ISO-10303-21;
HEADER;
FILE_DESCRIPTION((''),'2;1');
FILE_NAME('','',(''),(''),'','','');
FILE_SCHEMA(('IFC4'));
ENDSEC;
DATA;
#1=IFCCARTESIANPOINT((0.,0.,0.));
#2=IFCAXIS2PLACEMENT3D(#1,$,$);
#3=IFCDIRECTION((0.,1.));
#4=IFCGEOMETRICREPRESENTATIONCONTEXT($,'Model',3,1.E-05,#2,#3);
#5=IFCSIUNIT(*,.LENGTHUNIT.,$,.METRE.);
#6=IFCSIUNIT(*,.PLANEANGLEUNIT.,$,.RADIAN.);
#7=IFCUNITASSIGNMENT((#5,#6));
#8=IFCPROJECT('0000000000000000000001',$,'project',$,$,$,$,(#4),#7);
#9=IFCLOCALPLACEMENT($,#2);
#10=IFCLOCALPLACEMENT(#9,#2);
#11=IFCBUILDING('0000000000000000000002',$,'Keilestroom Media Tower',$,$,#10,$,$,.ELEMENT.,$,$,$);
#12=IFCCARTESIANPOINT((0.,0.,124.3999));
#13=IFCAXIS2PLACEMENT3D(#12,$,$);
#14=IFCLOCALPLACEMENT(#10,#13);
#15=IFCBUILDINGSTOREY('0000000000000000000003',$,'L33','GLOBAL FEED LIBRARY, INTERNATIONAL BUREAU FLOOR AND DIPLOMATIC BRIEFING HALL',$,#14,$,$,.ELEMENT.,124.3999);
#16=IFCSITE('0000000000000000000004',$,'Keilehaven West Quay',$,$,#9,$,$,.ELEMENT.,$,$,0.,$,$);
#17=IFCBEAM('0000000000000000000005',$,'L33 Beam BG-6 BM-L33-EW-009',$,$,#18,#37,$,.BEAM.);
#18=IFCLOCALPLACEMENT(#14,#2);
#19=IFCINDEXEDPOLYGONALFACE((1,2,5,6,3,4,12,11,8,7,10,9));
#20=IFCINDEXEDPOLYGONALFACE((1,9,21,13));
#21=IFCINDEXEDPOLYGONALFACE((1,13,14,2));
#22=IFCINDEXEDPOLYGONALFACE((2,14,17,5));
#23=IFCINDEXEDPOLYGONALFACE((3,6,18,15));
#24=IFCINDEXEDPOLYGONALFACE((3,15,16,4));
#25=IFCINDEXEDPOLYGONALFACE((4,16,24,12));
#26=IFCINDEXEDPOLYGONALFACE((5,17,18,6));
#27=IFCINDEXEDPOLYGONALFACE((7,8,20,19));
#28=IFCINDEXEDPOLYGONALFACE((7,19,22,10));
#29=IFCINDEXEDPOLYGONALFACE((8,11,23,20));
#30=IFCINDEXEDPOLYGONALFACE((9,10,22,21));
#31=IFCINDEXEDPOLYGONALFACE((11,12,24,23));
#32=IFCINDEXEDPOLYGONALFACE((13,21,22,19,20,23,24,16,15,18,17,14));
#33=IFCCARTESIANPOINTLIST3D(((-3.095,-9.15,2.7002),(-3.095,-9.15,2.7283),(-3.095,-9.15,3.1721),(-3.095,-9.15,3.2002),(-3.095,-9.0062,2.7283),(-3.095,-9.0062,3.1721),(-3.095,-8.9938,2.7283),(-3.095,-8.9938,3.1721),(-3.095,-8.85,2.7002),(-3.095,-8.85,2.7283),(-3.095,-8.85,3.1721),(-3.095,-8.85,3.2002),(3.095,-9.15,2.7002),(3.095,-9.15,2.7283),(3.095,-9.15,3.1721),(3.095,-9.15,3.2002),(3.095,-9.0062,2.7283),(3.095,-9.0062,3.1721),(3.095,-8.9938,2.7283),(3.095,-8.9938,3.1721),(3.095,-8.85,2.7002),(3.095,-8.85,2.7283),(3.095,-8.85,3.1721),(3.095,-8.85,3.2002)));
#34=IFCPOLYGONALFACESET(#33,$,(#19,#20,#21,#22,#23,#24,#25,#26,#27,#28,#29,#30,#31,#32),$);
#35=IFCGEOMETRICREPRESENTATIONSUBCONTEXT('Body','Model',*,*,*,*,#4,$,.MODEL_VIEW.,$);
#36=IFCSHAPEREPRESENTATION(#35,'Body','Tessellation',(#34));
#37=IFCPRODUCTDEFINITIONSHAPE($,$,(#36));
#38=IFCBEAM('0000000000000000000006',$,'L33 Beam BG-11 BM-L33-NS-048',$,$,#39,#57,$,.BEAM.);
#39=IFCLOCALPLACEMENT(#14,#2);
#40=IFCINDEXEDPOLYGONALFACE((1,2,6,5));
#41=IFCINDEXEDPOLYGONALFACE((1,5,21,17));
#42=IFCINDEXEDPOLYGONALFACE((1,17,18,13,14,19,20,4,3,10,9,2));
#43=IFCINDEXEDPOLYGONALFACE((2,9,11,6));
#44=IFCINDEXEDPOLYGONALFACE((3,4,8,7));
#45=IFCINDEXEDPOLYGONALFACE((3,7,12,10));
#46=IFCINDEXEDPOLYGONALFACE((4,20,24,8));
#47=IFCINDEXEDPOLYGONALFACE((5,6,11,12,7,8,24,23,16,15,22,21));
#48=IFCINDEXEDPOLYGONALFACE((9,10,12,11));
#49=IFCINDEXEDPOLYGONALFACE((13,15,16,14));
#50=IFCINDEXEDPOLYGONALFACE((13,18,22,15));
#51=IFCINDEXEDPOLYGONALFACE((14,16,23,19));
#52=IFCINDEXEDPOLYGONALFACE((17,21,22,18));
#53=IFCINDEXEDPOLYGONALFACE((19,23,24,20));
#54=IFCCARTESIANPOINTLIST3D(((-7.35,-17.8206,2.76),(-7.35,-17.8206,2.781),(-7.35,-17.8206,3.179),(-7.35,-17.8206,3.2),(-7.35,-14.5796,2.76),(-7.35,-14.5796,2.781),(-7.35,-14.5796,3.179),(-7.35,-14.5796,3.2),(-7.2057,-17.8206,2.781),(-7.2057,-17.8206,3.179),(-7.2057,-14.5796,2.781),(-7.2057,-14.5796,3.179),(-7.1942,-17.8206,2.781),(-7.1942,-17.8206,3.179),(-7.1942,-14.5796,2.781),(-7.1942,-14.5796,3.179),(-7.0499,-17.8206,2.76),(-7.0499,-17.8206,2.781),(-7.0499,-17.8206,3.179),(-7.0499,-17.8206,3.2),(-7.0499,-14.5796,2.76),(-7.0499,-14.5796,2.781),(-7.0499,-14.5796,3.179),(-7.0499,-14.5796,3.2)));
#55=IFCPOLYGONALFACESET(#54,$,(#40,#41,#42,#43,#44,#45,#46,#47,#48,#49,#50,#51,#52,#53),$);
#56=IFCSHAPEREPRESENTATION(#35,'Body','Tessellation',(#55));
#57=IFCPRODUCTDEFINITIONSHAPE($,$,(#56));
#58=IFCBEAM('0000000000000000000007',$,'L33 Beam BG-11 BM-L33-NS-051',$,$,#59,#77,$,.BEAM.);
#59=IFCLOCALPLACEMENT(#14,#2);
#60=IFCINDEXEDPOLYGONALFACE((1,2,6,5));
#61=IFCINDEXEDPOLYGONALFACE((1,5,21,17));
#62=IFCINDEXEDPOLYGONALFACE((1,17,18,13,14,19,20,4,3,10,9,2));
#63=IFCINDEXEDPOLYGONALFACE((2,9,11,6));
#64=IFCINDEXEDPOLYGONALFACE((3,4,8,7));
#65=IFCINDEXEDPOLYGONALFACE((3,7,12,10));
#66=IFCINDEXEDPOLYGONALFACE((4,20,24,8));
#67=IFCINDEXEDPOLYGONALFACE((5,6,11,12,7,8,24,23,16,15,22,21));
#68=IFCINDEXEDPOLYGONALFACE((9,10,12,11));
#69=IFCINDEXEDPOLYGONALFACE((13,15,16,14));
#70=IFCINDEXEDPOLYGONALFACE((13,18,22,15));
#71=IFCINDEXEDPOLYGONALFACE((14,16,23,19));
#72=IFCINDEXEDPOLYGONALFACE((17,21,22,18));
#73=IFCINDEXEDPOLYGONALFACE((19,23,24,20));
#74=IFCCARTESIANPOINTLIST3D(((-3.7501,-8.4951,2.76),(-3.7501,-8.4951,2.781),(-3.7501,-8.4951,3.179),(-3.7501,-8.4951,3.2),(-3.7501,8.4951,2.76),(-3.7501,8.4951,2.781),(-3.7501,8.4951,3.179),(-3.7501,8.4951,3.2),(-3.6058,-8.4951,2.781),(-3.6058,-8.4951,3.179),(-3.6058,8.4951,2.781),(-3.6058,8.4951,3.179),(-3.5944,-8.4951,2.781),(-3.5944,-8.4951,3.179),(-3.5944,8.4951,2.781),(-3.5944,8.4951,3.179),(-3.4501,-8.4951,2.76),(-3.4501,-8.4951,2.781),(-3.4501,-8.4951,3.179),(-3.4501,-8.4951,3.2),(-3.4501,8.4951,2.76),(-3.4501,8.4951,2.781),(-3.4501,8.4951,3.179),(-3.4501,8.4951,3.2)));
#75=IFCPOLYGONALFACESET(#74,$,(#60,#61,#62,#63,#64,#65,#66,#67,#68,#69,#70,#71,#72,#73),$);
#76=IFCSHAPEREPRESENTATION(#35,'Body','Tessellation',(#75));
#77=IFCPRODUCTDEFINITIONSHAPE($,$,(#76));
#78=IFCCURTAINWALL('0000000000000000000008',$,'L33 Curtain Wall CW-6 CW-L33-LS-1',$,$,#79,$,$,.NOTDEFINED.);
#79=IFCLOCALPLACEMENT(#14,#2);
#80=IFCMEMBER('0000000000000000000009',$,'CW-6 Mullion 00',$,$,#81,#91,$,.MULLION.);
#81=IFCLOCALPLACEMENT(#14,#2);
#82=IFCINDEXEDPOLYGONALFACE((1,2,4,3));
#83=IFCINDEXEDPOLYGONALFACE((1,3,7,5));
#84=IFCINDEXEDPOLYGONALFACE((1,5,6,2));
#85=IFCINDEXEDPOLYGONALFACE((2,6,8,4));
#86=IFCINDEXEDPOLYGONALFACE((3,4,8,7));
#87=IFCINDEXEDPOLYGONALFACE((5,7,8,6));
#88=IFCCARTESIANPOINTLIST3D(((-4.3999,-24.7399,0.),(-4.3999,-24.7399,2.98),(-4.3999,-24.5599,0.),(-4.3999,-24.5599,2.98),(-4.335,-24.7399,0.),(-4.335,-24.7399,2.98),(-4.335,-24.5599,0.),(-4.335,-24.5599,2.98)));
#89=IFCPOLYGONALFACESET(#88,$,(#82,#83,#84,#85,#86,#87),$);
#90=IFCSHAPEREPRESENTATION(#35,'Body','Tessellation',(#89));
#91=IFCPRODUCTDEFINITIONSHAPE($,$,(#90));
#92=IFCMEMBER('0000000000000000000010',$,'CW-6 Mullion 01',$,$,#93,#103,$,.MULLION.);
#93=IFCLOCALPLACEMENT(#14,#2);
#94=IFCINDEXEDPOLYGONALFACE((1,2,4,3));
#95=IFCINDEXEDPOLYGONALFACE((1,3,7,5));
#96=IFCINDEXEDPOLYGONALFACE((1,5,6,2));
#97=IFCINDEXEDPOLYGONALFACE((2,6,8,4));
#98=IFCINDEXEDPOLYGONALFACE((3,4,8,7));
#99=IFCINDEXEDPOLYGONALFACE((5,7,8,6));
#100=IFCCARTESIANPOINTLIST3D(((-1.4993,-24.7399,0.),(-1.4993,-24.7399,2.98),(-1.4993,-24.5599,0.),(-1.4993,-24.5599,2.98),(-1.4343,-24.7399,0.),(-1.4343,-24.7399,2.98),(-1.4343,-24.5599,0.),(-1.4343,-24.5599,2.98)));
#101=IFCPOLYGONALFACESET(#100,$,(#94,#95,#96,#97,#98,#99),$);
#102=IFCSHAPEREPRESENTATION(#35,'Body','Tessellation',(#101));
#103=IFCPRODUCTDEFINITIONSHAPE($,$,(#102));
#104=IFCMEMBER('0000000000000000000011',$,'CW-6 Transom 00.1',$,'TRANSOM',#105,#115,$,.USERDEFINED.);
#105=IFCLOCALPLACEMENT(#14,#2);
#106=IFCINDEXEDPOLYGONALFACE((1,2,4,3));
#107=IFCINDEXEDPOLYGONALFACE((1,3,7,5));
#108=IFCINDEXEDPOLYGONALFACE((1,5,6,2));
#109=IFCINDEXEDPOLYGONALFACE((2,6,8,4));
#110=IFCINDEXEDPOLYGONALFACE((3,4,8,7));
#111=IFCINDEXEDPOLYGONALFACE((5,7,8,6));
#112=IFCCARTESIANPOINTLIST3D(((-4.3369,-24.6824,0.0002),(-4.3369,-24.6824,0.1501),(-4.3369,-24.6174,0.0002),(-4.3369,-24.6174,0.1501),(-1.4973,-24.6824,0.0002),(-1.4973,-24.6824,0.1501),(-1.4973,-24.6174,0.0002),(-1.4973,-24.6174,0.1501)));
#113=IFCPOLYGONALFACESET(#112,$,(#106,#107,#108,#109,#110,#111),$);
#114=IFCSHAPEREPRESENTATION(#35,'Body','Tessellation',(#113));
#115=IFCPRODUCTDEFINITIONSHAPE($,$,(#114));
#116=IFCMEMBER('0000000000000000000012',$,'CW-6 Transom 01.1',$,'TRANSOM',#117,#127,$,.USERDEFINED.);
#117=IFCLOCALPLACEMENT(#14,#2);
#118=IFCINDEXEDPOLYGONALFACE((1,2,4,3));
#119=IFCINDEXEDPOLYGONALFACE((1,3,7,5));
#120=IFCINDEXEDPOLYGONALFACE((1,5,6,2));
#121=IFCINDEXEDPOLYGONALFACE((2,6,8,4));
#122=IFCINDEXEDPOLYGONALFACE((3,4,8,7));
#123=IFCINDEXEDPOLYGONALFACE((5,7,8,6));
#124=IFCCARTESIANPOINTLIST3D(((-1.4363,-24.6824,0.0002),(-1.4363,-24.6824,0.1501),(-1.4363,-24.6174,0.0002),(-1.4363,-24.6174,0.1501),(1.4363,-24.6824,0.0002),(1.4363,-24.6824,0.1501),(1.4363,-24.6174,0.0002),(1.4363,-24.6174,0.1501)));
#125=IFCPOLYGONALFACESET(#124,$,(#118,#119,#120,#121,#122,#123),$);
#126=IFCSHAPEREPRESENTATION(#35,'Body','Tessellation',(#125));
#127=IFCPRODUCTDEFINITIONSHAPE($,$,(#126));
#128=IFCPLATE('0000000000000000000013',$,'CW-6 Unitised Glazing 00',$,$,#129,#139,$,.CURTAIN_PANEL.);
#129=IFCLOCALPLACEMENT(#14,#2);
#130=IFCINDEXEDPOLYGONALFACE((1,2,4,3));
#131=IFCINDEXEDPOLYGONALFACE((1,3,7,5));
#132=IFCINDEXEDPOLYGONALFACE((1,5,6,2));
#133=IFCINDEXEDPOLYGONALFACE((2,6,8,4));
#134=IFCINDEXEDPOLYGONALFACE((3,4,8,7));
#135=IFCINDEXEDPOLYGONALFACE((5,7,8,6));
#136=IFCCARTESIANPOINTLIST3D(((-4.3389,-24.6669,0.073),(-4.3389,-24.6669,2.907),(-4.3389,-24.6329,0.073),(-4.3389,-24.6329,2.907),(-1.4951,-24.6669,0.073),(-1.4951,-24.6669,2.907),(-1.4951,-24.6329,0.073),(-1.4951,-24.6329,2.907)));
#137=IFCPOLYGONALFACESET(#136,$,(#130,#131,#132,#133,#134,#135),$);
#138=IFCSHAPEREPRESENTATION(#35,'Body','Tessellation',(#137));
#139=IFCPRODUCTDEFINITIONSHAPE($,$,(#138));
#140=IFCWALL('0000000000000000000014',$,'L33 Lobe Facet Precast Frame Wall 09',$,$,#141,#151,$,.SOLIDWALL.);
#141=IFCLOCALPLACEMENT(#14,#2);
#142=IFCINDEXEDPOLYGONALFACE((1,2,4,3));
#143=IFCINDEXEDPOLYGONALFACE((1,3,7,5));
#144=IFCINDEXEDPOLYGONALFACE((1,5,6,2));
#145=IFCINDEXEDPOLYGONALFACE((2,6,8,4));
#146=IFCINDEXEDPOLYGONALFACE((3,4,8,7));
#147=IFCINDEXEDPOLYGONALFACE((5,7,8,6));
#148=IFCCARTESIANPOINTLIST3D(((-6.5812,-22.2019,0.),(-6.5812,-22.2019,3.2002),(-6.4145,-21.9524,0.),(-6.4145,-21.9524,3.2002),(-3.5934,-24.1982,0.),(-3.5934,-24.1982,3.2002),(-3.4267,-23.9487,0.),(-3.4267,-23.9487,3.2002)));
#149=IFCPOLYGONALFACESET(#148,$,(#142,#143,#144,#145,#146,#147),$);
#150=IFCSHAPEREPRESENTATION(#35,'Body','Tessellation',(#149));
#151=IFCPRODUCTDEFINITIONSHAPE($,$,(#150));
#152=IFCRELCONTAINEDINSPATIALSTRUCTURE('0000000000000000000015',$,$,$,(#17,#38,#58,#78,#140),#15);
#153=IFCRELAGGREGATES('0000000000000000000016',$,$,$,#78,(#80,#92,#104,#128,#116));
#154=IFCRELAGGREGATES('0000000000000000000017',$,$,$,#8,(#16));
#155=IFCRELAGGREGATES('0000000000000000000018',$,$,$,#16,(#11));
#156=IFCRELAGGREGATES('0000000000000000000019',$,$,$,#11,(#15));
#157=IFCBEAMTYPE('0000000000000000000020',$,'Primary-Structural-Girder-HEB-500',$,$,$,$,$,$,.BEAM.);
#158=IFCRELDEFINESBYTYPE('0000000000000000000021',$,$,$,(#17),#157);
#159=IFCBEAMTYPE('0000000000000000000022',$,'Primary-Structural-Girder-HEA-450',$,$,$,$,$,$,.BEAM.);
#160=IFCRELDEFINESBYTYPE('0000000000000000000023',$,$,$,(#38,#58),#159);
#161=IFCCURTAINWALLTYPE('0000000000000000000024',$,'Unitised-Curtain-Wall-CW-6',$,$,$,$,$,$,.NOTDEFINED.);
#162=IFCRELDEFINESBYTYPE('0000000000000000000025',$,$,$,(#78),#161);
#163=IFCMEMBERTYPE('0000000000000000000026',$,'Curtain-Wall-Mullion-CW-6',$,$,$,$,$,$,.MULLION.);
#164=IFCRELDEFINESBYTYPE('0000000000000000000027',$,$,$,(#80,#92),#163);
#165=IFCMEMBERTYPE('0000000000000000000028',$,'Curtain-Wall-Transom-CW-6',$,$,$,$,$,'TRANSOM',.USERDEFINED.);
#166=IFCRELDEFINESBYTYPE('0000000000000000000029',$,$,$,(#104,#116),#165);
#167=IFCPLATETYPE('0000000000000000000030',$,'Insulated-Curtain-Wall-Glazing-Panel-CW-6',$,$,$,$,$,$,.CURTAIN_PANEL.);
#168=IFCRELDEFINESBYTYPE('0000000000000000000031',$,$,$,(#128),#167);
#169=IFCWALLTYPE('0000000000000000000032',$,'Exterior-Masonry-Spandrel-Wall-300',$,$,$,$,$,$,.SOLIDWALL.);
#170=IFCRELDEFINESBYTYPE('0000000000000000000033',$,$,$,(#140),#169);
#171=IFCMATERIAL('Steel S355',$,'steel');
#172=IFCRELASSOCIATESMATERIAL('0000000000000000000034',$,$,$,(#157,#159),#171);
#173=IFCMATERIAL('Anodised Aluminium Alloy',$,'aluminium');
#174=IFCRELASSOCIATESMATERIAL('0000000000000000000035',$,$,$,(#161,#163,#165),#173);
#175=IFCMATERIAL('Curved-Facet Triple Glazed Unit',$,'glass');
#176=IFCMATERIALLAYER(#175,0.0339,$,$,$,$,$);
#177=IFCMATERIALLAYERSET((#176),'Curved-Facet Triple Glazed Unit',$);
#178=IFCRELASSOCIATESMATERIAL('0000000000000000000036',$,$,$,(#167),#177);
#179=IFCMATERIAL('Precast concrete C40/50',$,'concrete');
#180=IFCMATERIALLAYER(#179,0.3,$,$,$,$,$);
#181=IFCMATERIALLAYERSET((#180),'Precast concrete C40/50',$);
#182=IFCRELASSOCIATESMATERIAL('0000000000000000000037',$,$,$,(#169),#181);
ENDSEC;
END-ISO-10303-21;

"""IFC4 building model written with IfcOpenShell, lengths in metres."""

from ifc_helpers import new_model, si_unit, direction, frame, frame_2d, origin, origin_2d, place, context, subcontext, project, spatial, rectangle, i_section, extrude, source, transform, mapped, material, layer, layer_set, material_profile, profile_set, type_object, element, aggregate, save


model = new_model("IFC4")

# Units and contexts
model_context = context("Model", 3, precision=1e-05, world=origin(), true_north=direction((0.0, 1.0)))
body_context = subcontext(model_context, "Body", "Model", "MODEL_VIEW")
ifc_project = project(units=[si_unit("LENGTHUNIT", "METRE"), si_unit("PLANEANGLEUNIT", "RADIAN")], contexts=[model_context])

# Site, building, storey
site_placement = place(None, origin())
site = spatial("IfcSite", under=ifc_project, at=site_placement, Name="Keilehaven West Quay", CompositionType="ELEMENT", RefElevation=0.0)
building_placement = place(site_placement, origin())
building = spatial("IfcBuilding", under=site, at=building_placement, Name="Keilestroom Media Tower", CompositionType="ELEMENT")
storey_placement = place(building_placement, frame((0.0, 0.0, 124.3999)))
storey = spatial("IfcBuildingStorey", under=building, at=storey_placement, Name="L33", Description="GLOBAL FEED LIBRARY, INTERNATIONAL BUREAU FLOOR AND DIPLOMATIC BRIEFING HALL", CompositionType="ELEMENT", Elevation=124.3999)

# Shared definitions
ifc_material_1 = material(Name="Steel S355", Category="steel")

# Beams
ifc_material_profile_1 = material_profile(ifc_material_1, i_section(OverallWidth=0.3, OverallDepth=0.5, WebThickness=0.0125, FlangeThickness=0.0281, at=origin_2d()), Name="HEB 500")
ifc_profile_set_1 = profile_set([ifc_material_profile_1], Name="Steel S355")
beam_type_1 = type_object("IfcBeamType", Name="Primary-Structural-Girder-HEB-500", PredefinedType="BEAM", material=ifc_profile_set_1)
shared_shape_1 = source(origin(), body_context, "Body", "SweptSolid", [
    extrude(i_section(OverallWidth=0.3, OverallDepth=0.5, WebThickness=0.0125, FlangeThickness=0.0281, at=origin_2d()), origin(), (0.0, 0.0, 1.0), 6.1899),
])
beam_1_placement = place(storey_placement, frame((-3.095, -9.0, 2.9502), z_axis=(1.0, 0.0, 0.0), x_axis=(0.0, 1.0, 0.0)))
element("IfcBeam", 1, at=beam_1_placement, inside=storey, type_object=beam_type_1, Name="L33 Beam BG-6 BM-L33-EW-009", PredefinedType="BEAM", context=body_context, shape_type="MappedRepresentation", body=[
    mapped(shared_shape_1, transform((0.0, 0.0, 0.0), x_axis=(1.0, 0.0, 0.0), y_axis=(0.0, 1.0, 0.0), z_axis=(0.0, 0.0, 1.0), scale=1.0)),
])
ifc_material_profile_2 = material_profile(ifc_material_1, i_section(OverallWidth=0.3, OverallDepth=0.4399, WebThickness=0.0115, FlangeThickness=0.021, at=origin_2d()), Name="HEA 450")
ifc_profile_set_2 = profile_set([ifc_material_profile_2], Name="Steel S355")
beam_type_2 = type_object("IfcBeamType", Name="Primary-Structural-Girder-HEA-450", PredefinedType="BEAM", material=ifc_profile_set_2)
shared_shape_2 = source(origin(), body_context, "Body", "SweptSolid", [
    extrude(i_section(OverallWidth=0.3, OverallDepth=0.4399, WebThickness=0.0115, FlangeThickness=0.021, at=origin_2d()), origin(), (0.0, 0.0, 1.0), 3.241),
])
beam_2_placement = place(storey_placement, frame((-7.2, -17.8206, 2.98), z_axis=(0.0, 1.0, 0.0), x_axis=(-1.0, 0.0, 0.0)))
element("IfcBeam", 2, at=beam_2_placement, inside=storey, type_object=beam_type_2, Name="L33 Beam BG-11 BM-L33-NS-048", PredefinedType="BEAM", context=body_context, shape_type="MappedRepresentation", body=[
    mapped(shared_shape_2, transform((0.0, 0.0, 0.0), x_axis=(1.0, 0.0, 0.0), y_axis=(0.0, 1.0, 0.0), z_axis=(0.0, 0.0, 1.0), scale=1.0)),
])
shared_shape_3 = source(origin(), body_context, "Body", "SweptSolid", [
    extrude(i_section(OverallWidth=0.3, OverallDepth=0.4399, WebThickness=0.0115, FlangeThickness=0.021, at=origin_2d()), origin(), (0.0, 0.0, 1.0), 16.9902),
])
beam_3_placement = place(storey_placement, frame((-3.6001, -8.4951, 2.98), z_axis=(0.0, 1.0, 0.0), x_axis=(-1.0, 0.0, 0.0)))
element("IfcBeam", 3, at=beam_3_placement, inside=storey, type_object=beam_type_2, Name="L33 Beam BG-11 BM-L33-NS-051", PredefinedType="BEAM", context=body_context, shape_type="MappedRepresentation", body=[
    mapped(shared_shape_3, transform((0.0, 0.0, 0.0), x_axis=(1.0, 0.0, 0.0), y_axis=(0.0, 1.0, 0.0), z_axis=(0.0, 0.0, 1.0), scale=1.0)),
])

# Curtain wall, members, plate
ifc_material_2 = material(Name="Anodised Aluminium Alloy", Category="aluminium")
curtain_wall_type = type_object("IfcCurtainWallType", Name="Unitised-Curtain-Wall-CW-6", PredefinedType="NOTDEFINED", material=ifc_material_2)
curtain_wall_placement = place(storey_placement, origin())
curtain_wall = element("IfcCurtainWall", 4, at=curtain_wall_placement, inside=storey, type_object=curtain_wall_type, Name="L33 Curtain Wall CW-6 CW-L33-LS-1", PredefinedType="NOTDEFINED")
ifc_material_profile_3 = material_profile(ifc_material_2, rectangle(XDim=0.0649, YDim=0.1799, at=origin_2d()), Name="ALU MULLION 65x180")
ifc_profile_set_3 = profile_set([ifc_material_profile_3], Name="Anodised Aluminium Alloy")
member_type_1 = type_object("IfcMemberType", Name="Curtain-Wall-Mullion-CW-6", PredefinedType="MULLION", material=ifc_profile_set_3)
shared_shape_4 = source(origin(), body_context, "Body", "SweptSolid", [
    extrude(rectangle(XDim=0.0649, YDim=0.1799, at=origin_2d()), origin(), (0.0, 0.0, 1.0), 2.98),
])
member_1_placement = place(storey_placement, frame((-4.3674, -24.6499, 0.0), z_axis=(0.0, 0.0, 1.0), x_axis=(1.0, 0.0, 0.0)))
member_1 = element("IfcMember", 5, at=member_1_placement, type_object=member_type_1, Name="CW-6 Mullion 00", PredefinedType="MULLION", context=body_context, shape_type="MappedRepresentation", body=[
    mapped(shared_shape_4, transform((0.0, 0.0, 0.0), x_axis=(1.0, 0.0, 0.0), y_axis=(0.0, 1.0, 0.0), z_axis=(0.0, 0.0, 1.0), scale=1.0)),
])
member_2_placement = place(storey_placement, frame((-1.4668, -24.6499, 0.0), z_axis=(0.0, 0.0, 1.0), x_axis=(1.0, 0.0, 0.0)))
member_2 = element("IfcMember", 6, at=member_2_placement, type_object=member_type_1, Name="CW-6 Mullion 01", PredefinedType="MULLION", context=body_context, shape_type="MappedRepresentation", body=[
    mapped(shared_shape_4, transform((0.0, 0.0, 0.0), x_axis=(1.0, 0.0, 0.0), y_axis=(0.0, 1.0, 0.0), z_axis=(0.0, 0.0, 1.0), scale=1.0)),
])
ifc_material_profile_4 = material_profile(ifc_material_2, rectangle(XDim=0.0649, YDim=0.1499, at=origin_2d()), Name="ALU TRANSOM 65x150")
ifc_profile_set_4 = profile_set([ifc_material_profile_4], Name="Anodised Aluminium Alloy")
member_type_2 = type_object("IfcMemberType", Name="Curtain-Wall-Transom-CW-6", ElementType="TRANSOM", PredefinedType="USERDEFINED", material=ifc_profile_set_4)
shared_shape_5 = source(origin(), body_context, "Body", "SweptSolid", [
    extrude(rectangle(XDim=0.0649, YDim=0.1499, at=origin_2d()), origin(), (0.0, 0.0, 1.0), 2.8396),
])
member_3_placement = place(storey_placement, frame((-4.3369, -24.6499, 0.0752), z_axis=(1.0, 0.0, 0.0), x_axis=(0.0, 1.0, 0.0)))
member_3 = element("IfcMember", 7, at=member_3_placement, type_object=member_type_2, Name="CW-6 Transom 00.1", ObjectType="TRANSOM", PredefinedType="USERDEFINED", context=body_context, shape_type="MappedRepresentation", body=[
    mapped(shared_shape_5, transform((0.0, 0.0, 0.0), x_axis=(1.0, 0.0, 0.0), y_axis=(0.0, 1.0, 0.0), z_axis=(0.0, 0.0, 1.0), scale=1.0)),
])
shared_shape_6 = source(origin(), body_context, "Body", "SweptSolid", [
    extrude(rectangle(XDim=0.0649, YDim=0.1499, at=origin_2d()), origin(), (0.0, 0.0, 1.0), 2.8726),
])
member_4_placement = place(storey_placement, frame((-1.4363, -24.6499, 0.0752), z_axis=(1.0, 0.0, 0.0), x_axis=(0.0, 1.0, 0.0)))
member_4 = element("IfcMember", 8, at=member_4_placement, type_object=member_type_2, Name="CW-6 Transom 01.1", ObjectType="TRANSOM", PredefinedType="USERDEFINED", context=body_context, shape_type="MappedRepresentation", body=[
    mapped(shared_shape_6, transform((0.0, 0.0, 0.0), x_axis=(1.0, 0.0, 0.0), y_axis=(0.0, 1.0, 0.0), z_axis=(0.0, 0.0, 1.0), scale=1.0)),
])
ifc_material_3 = material(Name="Curved-Facet Triple Glazed Unit", Category="glass")
ifc_layer_1 = layer(ifc_material_3, 0.0339)
ifc_layer_set_1 = layer_set([ifc_layer_1], Name="Curved-Facet Triple Glazed Unit")
plate_type = type_object("IfcPlateType", Name="Insulated-Curtain-Wall-Glazing-Panel-CW-6", PredefinedType="CURTAIN_PANEL", material=ifc_layer_set_1)
shared_shape_7 = source(origin(), body_context, "Body", "SweptSolid", [
    extrude(rectangle(XDim=2.8438, YDim=0.0339, at=origin_2d()), origin(), (0.0, 0.0, 1.0), 2.834),
])
plate_placement = place(storey_placement, frame((-2.917, -24.6499, 0.073), z_axis=(0.0, 0.0, 1.0), x_axis=(1.0, 0.0, 0.0)))
plate = element("IfcPlate", 9, at=plate_placement, type_object=plate_type, Name="CW-6 Unitised Glazing 00", PredefinedType="CURTAIN_PANEL", context=body_context, shape_type="MappedRepresentation", body=[
    mapped(shared_shape_7, transform((0.0, 0.0, 0.0), x_axis=(1.0, 0.0, 0.0), y_axis=(0.0, 1.0, 0.0), z_axis=(0.0, 0.0, 1.0), scale=1.0)),
])
aggregate(curtain_wall, [member_1, member_2, member_3, plate, member_4])

# Wall
ifc_material_4 = material(Name="Precast concrete C40/50", Category="concrete")
ifc_layer_2 = layer(ifc_material_4, 0.3)
ifc_layer_set_2 = layer_set([ifc_layer_2], Name="Precast concrete C40/50")
wall_type_1 = type_object("IfcWallType", Name="Exterior-Masonry-Spandrel-Wall-300", PredefinedType="SOLIDWALL", material=ifc_layer_set_2)
wall_1_placement = place(storey_placement, frame((-6.4978, -22.0771, 0.0), z_axis=(0.0, 0.0, 1.0), x_axis=(0.831475, -0.555562, 0.0)))
element("IfcWall", 10, at=wall_1_placement, inside=storey, type_object=wall_type_1, Name="L33 Lobe Facet Precast Frame Wall 09", PredefinedType="SOLIDWALL", context=body_context, shape_type="SweptSolid", body=[
    extrude(rectangle(XDim=3.5933, YDim=0.3, at=frame_2d((1.7966, 0.0))), origin(), (0.0, 0.0, 1.0), 3.2002),
])

save(model, "model.ifc")
